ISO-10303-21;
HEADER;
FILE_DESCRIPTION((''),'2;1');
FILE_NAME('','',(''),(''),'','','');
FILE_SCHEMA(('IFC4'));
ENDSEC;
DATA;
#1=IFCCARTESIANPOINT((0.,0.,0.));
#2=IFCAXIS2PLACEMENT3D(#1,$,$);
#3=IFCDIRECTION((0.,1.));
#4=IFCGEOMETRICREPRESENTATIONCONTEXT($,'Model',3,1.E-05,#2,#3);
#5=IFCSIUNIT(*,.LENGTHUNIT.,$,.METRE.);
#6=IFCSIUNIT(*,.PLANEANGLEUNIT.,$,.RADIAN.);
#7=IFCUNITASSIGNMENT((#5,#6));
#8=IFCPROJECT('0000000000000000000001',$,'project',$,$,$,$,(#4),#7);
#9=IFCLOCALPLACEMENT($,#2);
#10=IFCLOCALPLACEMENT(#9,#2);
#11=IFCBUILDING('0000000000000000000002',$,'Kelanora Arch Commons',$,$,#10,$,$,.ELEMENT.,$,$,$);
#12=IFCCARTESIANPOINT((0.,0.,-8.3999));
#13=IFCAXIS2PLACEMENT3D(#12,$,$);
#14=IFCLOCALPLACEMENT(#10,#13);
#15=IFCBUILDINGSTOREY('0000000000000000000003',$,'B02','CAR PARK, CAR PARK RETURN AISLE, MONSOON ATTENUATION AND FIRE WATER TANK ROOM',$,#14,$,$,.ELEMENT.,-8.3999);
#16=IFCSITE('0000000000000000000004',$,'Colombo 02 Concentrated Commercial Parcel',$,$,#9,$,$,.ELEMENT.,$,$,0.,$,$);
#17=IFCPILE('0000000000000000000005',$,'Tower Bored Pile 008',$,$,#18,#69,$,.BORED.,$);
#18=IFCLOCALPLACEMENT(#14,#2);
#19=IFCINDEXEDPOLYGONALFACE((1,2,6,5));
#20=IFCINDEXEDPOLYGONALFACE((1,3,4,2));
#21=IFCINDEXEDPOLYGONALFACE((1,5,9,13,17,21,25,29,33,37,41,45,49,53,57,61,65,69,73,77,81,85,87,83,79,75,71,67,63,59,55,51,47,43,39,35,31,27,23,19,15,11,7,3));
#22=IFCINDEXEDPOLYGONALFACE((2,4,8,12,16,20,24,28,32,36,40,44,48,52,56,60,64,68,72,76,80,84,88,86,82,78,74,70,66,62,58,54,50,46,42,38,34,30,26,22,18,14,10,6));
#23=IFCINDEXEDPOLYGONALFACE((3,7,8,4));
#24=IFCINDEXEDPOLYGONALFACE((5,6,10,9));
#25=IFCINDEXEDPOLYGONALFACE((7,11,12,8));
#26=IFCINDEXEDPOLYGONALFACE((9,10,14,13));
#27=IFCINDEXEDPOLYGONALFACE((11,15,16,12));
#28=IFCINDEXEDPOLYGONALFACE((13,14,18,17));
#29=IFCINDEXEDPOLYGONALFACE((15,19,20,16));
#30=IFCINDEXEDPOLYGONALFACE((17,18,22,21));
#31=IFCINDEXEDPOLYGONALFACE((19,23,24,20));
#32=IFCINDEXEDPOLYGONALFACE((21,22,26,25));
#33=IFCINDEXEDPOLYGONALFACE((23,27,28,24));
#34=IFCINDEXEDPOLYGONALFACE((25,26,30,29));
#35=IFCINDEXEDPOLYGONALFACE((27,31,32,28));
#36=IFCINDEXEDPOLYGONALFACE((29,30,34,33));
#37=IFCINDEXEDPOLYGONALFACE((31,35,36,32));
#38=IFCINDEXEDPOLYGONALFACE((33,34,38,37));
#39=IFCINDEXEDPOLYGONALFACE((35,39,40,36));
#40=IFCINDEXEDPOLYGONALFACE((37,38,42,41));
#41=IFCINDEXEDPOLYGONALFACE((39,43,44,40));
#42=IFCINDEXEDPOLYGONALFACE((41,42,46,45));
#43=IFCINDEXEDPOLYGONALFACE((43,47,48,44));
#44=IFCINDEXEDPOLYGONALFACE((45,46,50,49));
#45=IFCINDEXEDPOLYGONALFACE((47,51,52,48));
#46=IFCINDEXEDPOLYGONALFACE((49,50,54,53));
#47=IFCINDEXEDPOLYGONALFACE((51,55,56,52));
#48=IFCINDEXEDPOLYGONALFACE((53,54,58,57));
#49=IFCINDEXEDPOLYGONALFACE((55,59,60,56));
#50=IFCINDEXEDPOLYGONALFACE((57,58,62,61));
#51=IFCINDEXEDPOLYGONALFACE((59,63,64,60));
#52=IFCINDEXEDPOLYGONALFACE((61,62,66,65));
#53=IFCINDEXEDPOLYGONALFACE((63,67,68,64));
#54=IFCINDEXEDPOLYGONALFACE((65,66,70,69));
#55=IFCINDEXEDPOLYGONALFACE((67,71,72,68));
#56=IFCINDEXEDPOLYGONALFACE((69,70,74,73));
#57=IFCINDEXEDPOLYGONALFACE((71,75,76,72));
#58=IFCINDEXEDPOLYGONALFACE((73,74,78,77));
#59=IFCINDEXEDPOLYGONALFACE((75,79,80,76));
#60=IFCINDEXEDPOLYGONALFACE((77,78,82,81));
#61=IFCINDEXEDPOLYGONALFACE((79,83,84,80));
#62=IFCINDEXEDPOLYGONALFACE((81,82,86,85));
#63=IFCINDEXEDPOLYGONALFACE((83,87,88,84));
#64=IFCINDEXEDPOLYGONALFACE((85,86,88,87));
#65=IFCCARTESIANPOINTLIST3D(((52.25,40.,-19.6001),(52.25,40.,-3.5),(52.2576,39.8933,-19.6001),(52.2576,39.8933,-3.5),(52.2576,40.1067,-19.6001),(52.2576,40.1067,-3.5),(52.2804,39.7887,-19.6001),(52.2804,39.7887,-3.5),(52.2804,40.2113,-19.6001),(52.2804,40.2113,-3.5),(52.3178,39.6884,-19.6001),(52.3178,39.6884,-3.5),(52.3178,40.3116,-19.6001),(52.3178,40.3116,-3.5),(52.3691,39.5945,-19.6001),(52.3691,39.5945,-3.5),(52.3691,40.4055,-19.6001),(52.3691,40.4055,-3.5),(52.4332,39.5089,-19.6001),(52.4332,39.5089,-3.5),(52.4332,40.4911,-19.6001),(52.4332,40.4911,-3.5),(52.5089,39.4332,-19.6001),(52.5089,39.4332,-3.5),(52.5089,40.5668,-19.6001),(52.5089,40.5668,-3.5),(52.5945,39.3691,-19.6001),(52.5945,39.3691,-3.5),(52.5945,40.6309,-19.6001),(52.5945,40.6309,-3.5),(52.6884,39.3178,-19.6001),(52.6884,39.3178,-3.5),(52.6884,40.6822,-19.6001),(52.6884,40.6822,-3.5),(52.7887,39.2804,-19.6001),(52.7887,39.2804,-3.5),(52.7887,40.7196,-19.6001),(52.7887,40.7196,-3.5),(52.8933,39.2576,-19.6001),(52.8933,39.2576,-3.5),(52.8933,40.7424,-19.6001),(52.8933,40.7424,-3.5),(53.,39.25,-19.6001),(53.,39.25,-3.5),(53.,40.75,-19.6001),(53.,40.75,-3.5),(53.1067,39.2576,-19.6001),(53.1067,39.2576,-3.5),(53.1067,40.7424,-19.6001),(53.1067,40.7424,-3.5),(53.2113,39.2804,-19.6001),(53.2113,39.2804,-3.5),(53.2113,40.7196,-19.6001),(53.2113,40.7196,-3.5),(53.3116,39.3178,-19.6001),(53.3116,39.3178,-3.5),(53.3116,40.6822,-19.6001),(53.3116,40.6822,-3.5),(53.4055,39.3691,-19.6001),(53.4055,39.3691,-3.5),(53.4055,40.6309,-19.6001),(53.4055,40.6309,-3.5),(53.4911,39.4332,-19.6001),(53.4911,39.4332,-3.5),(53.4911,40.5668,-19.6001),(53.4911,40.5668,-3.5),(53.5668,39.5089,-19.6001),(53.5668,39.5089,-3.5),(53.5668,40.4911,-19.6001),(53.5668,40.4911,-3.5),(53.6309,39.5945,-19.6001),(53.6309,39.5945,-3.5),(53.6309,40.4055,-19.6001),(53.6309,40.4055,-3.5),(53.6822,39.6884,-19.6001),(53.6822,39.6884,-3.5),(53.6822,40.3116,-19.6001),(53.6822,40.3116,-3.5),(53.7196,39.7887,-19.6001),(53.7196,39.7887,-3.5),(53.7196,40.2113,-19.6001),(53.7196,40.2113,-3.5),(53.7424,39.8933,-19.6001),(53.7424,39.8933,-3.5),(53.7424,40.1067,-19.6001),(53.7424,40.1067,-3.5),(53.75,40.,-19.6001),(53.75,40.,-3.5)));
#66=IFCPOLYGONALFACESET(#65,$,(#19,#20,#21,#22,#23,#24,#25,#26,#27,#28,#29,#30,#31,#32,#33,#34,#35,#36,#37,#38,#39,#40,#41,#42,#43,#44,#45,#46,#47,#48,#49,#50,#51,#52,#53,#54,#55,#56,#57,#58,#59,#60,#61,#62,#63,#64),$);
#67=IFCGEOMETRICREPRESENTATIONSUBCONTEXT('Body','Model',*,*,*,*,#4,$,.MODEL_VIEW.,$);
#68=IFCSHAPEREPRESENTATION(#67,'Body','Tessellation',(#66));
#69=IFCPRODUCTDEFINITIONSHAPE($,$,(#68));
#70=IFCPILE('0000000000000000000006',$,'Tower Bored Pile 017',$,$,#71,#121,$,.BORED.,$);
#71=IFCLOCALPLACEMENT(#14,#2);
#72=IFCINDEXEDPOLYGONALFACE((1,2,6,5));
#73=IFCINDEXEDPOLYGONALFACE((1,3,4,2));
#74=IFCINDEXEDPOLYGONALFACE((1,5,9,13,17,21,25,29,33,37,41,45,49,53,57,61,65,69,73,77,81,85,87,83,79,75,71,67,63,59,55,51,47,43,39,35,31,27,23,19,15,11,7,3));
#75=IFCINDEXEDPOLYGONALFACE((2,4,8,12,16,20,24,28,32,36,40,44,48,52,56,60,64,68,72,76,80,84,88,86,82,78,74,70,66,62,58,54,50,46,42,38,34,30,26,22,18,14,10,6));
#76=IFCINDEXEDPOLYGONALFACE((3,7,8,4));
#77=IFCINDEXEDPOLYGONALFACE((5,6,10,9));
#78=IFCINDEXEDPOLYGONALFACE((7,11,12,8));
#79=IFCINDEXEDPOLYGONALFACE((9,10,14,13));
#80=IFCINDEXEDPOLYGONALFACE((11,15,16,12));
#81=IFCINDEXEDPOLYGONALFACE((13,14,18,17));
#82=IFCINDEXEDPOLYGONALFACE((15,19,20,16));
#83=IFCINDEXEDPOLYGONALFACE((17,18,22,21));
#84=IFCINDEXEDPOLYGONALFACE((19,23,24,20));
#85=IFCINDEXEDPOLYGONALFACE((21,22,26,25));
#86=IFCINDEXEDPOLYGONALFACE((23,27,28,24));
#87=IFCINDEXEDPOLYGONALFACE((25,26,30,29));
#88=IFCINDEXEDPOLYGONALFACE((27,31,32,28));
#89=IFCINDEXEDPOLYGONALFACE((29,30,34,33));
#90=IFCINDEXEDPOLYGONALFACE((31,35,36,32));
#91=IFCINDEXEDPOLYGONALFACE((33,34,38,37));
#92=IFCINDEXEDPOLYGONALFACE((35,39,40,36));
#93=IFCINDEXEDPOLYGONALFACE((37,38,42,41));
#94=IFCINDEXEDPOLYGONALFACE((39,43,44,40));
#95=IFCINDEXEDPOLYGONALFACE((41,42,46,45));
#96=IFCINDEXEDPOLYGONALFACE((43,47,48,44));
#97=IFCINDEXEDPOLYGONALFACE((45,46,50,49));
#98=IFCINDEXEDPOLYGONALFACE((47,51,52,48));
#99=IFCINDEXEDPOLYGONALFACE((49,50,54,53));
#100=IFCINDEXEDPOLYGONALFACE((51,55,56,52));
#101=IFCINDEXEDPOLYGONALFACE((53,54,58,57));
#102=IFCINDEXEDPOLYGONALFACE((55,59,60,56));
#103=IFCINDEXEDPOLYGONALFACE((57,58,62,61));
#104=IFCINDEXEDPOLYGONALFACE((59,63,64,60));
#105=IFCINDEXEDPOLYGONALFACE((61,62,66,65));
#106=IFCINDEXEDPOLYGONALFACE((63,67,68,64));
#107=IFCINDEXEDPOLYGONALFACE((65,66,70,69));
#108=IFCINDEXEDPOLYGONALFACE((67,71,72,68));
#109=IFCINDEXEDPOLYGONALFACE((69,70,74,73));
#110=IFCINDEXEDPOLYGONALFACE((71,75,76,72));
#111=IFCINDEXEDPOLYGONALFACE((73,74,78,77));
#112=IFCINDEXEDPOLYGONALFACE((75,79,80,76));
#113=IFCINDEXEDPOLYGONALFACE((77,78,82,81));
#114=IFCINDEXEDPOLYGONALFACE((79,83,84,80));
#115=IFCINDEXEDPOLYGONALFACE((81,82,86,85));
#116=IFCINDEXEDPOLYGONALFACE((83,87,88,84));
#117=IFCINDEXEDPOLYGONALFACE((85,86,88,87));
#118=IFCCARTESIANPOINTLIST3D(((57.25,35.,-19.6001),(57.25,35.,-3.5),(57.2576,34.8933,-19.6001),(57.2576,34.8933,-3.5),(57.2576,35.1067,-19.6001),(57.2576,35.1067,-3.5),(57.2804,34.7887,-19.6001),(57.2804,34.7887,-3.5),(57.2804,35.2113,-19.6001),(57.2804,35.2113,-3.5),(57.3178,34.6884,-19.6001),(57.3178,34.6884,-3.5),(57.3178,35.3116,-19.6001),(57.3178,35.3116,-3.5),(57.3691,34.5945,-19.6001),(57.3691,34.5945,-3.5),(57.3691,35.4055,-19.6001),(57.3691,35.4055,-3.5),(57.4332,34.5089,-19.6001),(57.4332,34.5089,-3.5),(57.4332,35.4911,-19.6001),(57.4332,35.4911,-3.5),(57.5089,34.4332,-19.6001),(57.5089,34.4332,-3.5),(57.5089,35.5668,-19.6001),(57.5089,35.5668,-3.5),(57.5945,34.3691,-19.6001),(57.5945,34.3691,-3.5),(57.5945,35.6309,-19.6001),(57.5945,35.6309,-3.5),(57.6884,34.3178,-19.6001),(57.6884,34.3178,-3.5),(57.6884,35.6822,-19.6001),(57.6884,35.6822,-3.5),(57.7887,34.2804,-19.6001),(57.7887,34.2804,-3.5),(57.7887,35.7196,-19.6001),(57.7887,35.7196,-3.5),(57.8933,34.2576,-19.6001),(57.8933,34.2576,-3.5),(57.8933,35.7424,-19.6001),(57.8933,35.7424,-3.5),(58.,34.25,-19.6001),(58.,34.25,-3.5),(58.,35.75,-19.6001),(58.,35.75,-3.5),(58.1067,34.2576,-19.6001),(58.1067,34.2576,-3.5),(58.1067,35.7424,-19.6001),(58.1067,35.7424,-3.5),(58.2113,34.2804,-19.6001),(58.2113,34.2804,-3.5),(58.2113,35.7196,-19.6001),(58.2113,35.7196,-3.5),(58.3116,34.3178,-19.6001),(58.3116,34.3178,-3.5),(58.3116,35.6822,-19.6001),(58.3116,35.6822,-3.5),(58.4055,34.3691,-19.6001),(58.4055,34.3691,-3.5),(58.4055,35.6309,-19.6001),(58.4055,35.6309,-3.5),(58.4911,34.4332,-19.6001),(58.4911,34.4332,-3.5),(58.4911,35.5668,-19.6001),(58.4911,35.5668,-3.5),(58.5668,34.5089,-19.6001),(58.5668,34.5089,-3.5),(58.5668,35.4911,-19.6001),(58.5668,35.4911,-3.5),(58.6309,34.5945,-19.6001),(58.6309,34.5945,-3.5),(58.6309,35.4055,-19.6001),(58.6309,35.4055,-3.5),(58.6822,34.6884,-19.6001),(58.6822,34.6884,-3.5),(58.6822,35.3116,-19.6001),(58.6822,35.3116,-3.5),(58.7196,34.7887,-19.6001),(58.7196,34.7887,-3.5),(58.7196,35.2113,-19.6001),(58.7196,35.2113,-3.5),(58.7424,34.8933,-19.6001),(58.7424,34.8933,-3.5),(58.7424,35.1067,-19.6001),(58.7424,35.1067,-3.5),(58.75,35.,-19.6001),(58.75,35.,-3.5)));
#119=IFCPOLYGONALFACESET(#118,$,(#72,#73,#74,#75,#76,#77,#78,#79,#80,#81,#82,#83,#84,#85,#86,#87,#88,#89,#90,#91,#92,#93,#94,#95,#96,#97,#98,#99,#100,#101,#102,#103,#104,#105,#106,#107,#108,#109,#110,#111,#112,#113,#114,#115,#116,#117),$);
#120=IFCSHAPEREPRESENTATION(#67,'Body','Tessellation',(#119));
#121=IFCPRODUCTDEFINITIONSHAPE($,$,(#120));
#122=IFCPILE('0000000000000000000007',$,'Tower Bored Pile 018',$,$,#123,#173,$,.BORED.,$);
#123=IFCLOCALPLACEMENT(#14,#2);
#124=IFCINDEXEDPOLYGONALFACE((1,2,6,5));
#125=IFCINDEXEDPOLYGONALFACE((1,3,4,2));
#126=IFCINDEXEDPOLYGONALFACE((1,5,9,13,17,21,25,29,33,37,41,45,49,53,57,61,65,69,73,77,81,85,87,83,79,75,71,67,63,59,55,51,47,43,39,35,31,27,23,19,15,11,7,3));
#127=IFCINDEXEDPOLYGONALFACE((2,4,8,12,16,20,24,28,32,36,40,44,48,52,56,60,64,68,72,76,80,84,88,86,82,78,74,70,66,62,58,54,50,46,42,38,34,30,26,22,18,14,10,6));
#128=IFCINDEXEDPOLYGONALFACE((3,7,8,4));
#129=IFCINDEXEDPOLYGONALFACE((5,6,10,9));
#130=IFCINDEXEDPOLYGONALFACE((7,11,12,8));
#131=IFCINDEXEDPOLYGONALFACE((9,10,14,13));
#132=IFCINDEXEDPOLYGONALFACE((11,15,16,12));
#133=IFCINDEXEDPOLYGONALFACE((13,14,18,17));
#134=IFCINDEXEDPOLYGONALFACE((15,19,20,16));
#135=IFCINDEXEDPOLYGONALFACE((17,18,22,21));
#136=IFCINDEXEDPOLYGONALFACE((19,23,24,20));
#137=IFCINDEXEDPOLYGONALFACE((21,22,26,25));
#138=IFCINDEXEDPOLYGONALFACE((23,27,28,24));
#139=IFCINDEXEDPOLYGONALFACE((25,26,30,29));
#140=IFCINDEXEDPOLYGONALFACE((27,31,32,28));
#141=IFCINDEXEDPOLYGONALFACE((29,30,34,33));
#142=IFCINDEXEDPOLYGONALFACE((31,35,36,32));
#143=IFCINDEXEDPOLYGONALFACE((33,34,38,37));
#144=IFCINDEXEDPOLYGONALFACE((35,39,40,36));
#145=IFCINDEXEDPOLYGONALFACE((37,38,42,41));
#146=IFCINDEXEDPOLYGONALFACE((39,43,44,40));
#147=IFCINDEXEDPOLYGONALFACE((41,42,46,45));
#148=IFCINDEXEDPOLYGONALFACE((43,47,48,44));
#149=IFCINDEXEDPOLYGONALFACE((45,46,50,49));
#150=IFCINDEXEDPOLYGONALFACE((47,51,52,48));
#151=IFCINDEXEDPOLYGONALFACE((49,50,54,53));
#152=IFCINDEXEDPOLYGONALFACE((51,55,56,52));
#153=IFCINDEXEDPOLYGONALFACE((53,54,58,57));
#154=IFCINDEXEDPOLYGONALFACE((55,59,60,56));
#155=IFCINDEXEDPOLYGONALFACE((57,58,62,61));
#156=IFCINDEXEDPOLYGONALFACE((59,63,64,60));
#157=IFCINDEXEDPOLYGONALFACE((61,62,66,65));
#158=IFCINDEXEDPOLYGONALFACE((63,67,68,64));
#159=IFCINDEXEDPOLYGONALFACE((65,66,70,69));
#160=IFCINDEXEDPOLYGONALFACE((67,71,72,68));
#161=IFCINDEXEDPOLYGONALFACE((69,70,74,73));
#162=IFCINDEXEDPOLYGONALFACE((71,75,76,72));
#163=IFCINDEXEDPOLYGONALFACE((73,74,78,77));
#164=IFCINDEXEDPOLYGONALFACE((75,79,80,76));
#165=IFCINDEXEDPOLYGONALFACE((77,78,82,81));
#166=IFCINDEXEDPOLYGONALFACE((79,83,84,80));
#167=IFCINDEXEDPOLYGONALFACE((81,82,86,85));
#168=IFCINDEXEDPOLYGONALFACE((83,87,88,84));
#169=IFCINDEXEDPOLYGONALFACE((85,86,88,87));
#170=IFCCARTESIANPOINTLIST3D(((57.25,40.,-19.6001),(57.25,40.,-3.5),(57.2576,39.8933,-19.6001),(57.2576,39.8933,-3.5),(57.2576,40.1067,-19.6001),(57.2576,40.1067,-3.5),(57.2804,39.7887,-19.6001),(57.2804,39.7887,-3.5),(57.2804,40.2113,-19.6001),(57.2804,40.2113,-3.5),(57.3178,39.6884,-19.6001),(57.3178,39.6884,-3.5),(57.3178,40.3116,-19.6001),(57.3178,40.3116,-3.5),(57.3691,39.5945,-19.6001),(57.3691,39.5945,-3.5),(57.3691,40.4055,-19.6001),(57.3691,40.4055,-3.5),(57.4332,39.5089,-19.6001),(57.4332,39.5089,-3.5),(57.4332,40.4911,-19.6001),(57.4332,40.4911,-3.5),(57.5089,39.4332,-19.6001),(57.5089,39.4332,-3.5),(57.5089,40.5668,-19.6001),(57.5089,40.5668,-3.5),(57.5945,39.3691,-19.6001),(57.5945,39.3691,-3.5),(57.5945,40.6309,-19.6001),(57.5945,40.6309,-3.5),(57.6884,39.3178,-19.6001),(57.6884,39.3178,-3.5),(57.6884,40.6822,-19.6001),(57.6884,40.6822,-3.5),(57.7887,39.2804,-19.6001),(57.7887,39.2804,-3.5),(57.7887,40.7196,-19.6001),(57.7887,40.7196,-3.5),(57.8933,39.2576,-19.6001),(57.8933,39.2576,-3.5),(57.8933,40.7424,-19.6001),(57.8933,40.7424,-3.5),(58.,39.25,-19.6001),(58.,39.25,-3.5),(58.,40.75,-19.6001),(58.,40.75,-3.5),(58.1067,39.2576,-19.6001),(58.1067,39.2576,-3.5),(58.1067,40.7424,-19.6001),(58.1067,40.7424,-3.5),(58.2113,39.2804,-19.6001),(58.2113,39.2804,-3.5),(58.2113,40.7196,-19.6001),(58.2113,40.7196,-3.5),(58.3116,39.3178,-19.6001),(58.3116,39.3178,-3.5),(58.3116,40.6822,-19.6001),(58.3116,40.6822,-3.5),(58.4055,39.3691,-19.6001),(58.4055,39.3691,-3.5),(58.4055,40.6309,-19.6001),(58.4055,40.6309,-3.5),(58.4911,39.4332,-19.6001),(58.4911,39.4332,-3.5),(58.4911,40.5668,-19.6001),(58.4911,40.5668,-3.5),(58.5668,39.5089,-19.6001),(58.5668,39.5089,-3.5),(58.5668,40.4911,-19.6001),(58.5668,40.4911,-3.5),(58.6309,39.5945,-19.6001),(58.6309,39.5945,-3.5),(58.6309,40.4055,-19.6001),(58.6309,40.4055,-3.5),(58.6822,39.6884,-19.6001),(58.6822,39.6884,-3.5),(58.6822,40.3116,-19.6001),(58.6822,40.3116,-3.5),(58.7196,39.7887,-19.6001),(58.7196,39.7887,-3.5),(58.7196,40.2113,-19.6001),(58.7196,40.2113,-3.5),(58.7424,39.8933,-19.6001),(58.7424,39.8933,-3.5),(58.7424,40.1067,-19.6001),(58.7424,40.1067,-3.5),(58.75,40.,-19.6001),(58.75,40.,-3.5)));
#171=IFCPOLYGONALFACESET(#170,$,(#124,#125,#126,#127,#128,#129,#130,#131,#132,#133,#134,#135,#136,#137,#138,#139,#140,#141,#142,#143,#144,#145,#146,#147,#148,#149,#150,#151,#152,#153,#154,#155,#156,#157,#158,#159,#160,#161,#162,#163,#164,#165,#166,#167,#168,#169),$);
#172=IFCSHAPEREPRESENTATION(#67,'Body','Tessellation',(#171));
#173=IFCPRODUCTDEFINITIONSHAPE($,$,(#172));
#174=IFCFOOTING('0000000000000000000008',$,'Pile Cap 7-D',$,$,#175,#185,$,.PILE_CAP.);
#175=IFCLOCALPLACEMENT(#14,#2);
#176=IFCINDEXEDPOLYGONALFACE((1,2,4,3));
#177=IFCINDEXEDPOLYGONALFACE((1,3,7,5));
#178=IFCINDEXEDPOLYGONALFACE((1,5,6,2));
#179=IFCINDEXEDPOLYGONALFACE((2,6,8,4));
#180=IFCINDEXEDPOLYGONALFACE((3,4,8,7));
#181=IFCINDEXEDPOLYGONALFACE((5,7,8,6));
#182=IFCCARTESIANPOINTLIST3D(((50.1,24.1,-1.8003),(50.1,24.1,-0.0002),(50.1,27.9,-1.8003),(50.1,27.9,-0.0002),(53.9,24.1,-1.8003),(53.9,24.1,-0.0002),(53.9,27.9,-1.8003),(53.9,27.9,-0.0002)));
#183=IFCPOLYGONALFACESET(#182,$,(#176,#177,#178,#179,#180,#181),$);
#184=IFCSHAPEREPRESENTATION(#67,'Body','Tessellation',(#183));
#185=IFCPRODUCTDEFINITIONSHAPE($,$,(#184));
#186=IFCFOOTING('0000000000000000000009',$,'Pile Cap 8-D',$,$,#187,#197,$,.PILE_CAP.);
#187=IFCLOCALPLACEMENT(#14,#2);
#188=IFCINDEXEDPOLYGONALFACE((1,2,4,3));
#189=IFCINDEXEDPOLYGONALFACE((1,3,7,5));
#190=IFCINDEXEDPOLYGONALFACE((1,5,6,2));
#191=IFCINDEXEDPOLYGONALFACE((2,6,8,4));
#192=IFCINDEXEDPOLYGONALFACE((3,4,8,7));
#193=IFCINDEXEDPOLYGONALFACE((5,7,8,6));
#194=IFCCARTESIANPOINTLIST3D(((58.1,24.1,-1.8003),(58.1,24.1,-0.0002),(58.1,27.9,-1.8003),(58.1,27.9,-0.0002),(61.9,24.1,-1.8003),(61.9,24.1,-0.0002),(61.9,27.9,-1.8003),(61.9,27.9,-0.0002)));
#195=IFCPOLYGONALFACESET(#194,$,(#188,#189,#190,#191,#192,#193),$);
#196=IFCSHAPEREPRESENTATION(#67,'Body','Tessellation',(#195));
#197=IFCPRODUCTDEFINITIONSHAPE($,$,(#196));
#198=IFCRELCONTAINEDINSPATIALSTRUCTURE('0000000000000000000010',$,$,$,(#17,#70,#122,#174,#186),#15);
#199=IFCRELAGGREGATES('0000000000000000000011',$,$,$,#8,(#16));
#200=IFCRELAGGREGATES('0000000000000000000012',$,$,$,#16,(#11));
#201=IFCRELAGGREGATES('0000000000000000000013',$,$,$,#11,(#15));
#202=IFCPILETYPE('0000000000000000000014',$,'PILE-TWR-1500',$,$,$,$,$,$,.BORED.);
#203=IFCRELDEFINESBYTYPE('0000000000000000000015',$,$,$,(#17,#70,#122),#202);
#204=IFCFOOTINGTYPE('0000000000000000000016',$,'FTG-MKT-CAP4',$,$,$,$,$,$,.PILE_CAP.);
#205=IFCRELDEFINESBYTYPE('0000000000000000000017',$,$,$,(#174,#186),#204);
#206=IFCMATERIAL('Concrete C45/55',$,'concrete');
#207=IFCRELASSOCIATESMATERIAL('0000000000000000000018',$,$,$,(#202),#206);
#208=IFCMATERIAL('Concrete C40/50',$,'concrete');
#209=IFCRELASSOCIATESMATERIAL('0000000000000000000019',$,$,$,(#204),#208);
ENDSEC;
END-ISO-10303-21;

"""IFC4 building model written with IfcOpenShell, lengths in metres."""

from ifc_helpers import new_model, si_unit, direction, frame, origin, origin_2d, place, context, subcontext, project, spatial, rectangle, circle, extrude, source, transform, mapped, material, material_profile, profile_set, type_object, element, save


model = new_model("IFC4")

# Units and contexts
model_context = context("Model", 3, precision=1e-05, world=origin(), true_north=direction((0.0, 1.0)))
body_context = subcontext(model_context, "Body", "Model", "MODEL_VIEW")
ifc_project = project(units=[si_unit("LENGTHUNIT", "METRE"), si_unit("PLANEANGLEUNIT", "RADIAN")], contexts=[model_context])

# Site, building, storey
site_placement = place(None, origin())
site = spatial("IfcSite", under=ifc_project, at=site_placement, Name="Colombo 02 Concentrated Commercial Parcel", CompositionType="ELEMENT", RefElevation=0.0)
building_placement = place(site_placement, origin())
building = spatial("IfcBuilding", under=site, at=building_placement, Name="Kelanora Arch Commons", CompositionType="ELEMENT")
storey_placement = place(building_placement, frame((0.0, 0.0, -8.3999)))
storey = spatial("IfcBuildingStorey", under=building, at=storey_placement, Name="B02", Description="CAR PARK, CAR PARK RETURN AISLE, MONSOON ATTENUATION AND FIRE WATER TANK ROOM", CompositionType="ELEMENT", Elevation=-8.3999)

# Piles
ifc_material_1 = material(Name="Concrete C45/55", Category="concrete")
ifc_material_profile_1 = material_profile(ifc_material_1, circle(Radius=0.75, at=origin_2d()), Name="PILE1500")
ifc_profile_set_1 = profile_set([ifc_material_profile_1], Name="Concrete C45/55")
pile_type_1 = type_object("IfcPileType", Name="PILE-TWR-1500", PredefinedType="BORED", material=ifc_profile_set_1)
shared_shape_1 = source(origin(), body_context, "Body", "SweptSolid", [
    extrude(circle(Radius=0.75, at=origin_2d()), origin(), (0.0, 0.0, 1.0), 16.1001),
])
for number, where, z_axis, x_axis, name in (
    (1, (53.0, 40.0, -3.5), (0.0, 0.0, -1.0), (1.0, 0.0, 0.0), "Tower Bored Pile 008"),
    (2, (58.0, 35.0, -3.5), (0.0, 0.0, -1.0), (1.0, 0.0, 0.0), "Tower Bored Pile 017"),
    (3, (58.0, 40.0, -3.5), (0.0, 0.0, -1.0), (1.0, 0.0, 0.0), "Tower Bored Pile 018"),
):
    element("IfcPile", number, at=place(storey_placement, frame(where, z_axis=z_axis, x_axis=x_axis)), inside=storey, type_object=pile_type_1, Name=name, PredefinedType="BORED", context=body_context, shape_type="MappedRepresentation", body=[
        mapped(shared_shape_1, transform((0.0, 0.0, 0.0), scale=1.0)),
    ])

# Footings
ifc_material_2 = material(Name="Concrete C40/50", Category="concrete")
footing_type_1 = type_object("IfcFootingType", Name="FTG-MKT-CAP4", PredefinedType="PILE_CAP", material=ifc_material_2)
shared_shape_2 = source(origin(), body_context, "Body", "SweptSolid", [
    extrude(rectangle(XDim=3.8, YDim=3.8, at=origin_2d()), origin(), (0.0, 0.0, 1.0), 1.8),
])
for number, where, z_axis, x_axis, name in (
    (4, (52.0, 26.0, -1.8003), (0.0, 0.0, 1.0), (1.0, 0.0, 0.0), "Pile Cap 7-D"),
    (5, (60.0, 26.0, -1.8003), (0.0, 0.0, 1.0), (1.0, 0.0, 0.0), "Pile Cap 8-D"),
):
    element("IfcFooting", number, at=place(storey_placement, frame(where, z_axis=z_axis, x_axis=x_axis)), inside=storey, type_object=footing_type_1, Name=name, PredefinedType="PILE_CAP", context=body_context, shape_type="MappedRepresentation", body=[
        mapped(shared_shape_2, transform((0.0, 0.0, 0.0), scale=1.0)),
    ])

save(model, "model.ifc")
